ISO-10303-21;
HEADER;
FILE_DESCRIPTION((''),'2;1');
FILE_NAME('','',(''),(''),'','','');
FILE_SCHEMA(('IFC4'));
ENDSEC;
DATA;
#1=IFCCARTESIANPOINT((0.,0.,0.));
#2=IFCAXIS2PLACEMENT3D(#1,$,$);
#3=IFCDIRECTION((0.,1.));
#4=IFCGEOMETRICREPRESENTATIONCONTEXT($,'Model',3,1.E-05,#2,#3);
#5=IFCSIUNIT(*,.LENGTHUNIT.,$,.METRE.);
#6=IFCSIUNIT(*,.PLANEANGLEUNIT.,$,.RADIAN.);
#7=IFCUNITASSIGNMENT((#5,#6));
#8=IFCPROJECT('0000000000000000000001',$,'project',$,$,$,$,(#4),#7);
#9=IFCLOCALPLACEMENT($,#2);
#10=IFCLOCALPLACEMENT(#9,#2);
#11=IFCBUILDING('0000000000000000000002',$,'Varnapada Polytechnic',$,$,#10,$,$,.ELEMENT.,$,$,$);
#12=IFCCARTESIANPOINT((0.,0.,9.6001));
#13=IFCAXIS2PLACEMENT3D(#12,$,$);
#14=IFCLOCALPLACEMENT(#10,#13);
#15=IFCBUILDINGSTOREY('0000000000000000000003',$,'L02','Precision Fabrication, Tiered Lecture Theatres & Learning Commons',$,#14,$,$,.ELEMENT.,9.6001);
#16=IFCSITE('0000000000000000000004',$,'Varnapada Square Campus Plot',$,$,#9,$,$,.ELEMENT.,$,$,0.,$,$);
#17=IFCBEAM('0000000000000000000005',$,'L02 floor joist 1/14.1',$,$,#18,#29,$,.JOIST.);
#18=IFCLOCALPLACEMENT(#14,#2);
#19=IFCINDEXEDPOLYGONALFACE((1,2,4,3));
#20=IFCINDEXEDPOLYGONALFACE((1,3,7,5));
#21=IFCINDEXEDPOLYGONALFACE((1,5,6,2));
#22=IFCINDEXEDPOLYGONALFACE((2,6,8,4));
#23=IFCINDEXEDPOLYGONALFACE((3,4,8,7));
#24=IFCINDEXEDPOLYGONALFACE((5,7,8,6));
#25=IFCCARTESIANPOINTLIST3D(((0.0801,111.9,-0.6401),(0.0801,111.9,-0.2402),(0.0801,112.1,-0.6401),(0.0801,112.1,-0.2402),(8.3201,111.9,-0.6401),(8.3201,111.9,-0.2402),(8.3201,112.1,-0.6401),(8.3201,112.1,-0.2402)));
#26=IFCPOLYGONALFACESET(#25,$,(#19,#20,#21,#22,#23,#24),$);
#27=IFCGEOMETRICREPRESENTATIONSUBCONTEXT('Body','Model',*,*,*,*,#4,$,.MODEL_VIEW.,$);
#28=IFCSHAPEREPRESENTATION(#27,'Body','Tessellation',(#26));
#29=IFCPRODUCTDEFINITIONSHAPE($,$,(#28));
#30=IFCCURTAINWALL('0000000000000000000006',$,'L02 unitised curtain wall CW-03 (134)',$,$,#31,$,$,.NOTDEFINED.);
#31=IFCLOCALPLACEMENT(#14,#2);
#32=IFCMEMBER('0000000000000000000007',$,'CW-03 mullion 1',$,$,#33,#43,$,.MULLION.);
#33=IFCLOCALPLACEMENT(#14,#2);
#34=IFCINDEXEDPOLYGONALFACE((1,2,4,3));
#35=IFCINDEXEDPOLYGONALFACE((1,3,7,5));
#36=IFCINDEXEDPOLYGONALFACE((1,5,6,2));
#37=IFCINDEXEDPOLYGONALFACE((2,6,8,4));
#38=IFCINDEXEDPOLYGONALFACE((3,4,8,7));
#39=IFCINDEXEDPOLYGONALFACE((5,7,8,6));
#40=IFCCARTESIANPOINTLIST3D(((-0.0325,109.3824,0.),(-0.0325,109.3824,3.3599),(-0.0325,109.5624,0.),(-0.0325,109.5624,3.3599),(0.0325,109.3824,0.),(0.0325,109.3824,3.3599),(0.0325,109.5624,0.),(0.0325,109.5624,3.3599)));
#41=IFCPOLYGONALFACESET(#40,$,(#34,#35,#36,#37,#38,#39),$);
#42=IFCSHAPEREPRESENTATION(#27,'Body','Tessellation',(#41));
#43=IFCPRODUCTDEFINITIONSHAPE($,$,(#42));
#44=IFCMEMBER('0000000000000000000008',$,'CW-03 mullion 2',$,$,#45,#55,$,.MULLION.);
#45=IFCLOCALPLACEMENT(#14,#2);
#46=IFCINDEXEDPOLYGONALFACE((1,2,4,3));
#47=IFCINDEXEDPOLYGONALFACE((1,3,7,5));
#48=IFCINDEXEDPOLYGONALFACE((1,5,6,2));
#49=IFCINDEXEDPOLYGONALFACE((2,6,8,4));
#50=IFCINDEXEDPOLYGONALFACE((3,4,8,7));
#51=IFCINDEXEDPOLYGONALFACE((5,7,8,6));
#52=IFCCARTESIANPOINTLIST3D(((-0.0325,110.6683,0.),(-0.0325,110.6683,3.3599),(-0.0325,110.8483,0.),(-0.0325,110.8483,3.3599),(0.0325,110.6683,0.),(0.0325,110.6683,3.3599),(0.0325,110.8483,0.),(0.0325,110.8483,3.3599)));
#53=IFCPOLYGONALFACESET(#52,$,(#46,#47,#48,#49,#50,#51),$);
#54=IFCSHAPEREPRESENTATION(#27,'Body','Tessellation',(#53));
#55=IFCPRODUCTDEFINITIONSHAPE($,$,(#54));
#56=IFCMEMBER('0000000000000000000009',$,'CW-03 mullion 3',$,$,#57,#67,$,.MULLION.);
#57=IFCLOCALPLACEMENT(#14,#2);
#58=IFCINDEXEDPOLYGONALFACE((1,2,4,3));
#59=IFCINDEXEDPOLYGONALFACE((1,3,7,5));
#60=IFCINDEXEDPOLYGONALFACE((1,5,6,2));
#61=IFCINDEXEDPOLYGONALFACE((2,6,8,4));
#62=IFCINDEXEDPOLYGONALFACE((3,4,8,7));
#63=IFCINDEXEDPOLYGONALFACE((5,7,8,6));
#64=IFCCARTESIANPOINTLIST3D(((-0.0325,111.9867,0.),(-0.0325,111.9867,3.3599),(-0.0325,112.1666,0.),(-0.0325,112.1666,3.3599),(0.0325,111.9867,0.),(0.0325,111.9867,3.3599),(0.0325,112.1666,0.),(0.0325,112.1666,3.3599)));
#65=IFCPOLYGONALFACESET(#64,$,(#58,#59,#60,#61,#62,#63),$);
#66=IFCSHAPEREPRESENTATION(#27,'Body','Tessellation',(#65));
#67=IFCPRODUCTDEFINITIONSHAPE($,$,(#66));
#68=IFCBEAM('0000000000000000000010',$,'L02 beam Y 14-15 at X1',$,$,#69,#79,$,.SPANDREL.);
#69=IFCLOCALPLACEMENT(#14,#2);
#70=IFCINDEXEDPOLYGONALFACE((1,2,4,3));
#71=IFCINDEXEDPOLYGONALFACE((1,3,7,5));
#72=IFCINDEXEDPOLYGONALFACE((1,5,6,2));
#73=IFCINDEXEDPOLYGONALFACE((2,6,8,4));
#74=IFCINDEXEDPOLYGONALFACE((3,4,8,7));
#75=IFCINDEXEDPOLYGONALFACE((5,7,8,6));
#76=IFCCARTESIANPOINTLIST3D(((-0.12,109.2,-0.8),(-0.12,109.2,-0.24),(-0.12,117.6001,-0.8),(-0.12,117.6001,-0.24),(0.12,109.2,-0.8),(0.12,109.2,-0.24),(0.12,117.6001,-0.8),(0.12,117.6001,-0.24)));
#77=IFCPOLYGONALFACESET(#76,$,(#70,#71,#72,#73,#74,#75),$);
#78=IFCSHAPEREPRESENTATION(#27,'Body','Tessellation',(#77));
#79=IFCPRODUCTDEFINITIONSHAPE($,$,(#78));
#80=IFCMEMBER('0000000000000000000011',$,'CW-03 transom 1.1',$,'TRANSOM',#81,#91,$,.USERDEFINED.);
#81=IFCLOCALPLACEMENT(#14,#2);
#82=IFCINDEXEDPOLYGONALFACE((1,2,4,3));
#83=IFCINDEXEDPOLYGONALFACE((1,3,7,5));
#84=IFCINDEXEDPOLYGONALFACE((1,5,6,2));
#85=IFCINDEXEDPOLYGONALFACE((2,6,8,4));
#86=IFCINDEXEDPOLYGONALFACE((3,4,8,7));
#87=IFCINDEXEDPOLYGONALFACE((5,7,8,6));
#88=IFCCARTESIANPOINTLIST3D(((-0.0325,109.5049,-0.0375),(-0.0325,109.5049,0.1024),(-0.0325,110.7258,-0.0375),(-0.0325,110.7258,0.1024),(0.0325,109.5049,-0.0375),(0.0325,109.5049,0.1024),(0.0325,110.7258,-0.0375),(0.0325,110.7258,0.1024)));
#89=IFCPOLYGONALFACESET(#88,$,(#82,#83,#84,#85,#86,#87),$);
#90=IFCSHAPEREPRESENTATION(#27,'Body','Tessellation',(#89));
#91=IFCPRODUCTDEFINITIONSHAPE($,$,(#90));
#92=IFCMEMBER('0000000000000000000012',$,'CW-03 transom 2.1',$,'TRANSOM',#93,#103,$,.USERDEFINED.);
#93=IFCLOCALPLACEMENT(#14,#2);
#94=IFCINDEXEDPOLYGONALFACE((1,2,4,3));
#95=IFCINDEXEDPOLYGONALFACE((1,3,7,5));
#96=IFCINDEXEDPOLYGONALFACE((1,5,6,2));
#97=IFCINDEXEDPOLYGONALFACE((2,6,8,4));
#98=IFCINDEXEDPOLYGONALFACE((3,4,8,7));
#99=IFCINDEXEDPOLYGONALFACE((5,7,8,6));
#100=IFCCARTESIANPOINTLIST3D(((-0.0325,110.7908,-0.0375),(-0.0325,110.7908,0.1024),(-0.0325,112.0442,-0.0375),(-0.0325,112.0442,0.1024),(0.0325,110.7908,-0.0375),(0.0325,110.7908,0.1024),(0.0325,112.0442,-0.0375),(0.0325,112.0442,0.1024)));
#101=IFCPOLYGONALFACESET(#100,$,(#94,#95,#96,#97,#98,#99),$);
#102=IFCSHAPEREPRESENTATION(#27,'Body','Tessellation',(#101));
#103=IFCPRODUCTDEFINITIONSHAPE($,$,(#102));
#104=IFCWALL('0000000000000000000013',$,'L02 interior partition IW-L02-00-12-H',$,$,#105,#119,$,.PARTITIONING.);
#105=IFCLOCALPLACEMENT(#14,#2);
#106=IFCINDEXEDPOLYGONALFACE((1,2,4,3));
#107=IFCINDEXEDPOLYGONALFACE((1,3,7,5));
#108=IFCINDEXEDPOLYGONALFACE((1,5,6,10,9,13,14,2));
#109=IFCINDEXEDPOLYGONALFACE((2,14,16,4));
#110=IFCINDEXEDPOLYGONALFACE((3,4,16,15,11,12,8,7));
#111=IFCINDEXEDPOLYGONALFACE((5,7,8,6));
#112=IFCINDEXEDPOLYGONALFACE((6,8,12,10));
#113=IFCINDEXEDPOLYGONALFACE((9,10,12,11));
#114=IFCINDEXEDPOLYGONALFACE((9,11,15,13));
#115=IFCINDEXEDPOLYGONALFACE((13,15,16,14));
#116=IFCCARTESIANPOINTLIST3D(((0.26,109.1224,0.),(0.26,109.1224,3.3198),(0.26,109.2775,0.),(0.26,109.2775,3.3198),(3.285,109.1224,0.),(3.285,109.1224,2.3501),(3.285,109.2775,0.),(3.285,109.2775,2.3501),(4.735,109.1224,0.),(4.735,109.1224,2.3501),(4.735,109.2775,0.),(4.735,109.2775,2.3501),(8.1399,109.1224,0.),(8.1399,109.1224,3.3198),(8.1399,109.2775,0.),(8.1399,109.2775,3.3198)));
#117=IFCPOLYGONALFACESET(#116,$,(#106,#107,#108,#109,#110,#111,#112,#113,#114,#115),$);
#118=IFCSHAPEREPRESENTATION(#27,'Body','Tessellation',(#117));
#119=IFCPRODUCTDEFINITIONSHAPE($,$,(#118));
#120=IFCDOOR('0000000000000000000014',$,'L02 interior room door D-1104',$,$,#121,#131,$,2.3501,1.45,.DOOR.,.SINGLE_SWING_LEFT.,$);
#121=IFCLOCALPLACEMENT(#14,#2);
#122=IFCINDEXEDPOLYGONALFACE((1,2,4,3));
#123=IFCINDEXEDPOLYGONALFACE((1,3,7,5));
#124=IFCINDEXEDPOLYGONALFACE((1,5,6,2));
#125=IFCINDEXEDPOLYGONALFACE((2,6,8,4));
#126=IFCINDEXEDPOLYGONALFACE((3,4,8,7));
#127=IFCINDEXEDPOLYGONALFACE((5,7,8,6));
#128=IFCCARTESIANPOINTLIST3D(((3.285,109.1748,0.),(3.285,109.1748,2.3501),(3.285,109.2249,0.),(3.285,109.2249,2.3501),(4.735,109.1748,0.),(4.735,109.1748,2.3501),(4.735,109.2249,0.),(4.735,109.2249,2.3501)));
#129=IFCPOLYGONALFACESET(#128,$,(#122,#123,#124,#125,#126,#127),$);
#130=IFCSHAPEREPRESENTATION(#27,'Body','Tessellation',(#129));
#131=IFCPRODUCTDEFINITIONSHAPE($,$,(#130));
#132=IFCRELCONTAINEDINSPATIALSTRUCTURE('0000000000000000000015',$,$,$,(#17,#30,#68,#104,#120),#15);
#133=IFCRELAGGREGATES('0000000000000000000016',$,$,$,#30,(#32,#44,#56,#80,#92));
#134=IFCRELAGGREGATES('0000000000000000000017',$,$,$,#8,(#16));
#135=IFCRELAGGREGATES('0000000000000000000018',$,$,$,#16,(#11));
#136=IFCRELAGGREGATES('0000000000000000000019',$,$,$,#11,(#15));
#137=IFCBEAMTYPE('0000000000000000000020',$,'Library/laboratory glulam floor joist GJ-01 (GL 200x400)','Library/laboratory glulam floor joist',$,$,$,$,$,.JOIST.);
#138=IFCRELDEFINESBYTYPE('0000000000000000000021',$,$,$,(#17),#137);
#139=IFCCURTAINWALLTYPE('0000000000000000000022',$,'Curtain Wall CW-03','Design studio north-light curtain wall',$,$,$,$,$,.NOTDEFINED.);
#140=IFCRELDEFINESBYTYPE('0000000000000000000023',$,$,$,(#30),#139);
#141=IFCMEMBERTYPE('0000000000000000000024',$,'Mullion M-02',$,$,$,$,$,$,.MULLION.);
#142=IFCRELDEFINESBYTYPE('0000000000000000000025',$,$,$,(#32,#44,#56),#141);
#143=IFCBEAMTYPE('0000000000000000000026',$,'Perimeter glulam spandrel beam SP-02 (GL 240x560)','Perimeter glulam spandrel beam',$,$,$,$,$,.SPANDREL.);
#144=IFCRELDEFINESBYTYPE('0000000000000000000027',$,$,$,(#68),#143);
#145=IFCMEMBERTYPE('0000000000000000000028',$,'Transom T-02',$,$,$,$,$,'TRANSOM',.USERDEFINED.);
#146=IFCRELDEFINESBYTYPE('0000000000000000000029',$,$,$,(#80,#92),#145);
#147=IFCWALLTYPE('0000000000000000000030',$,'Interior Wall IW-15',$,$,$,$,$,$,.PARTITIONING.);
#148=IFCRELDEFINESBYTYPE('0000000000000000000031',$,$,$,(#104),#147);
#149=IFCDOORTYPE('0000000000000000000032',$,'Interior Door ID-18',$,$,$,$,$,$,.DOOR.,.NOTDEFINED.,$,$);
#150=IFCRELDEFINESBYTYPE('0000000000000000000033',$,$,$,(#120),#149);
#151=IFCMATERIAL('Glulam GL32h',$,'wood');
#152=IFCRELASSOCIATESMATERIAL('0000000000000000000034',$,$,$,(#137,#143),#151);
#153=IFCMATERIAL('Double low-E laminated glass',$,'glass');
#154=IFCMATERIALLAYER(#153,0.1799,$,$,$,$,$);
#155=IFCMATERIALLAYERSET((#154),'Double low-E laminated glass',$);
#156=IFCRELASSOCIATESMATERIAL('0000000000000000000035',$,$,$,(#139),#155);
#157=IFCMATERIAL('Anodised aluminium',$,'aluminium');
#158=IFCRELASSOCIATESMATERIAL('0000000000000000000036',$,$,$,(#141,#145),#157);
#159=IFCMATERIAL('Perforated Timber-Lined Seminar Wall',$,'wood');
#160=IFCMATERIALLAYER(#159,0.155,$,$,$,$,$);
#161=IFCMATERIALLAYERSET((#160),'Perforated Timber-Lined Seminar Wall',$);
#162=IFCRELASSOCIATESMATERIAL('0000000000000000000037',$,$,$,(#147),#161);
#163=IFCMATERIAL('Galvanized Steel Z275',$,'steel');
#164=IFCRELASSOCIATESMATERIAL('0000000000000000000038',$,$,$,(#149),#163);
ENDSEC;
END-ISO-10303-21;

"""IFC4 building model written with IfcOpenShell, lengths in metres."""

from ifc_helpers import new_model, si_unit, direction, frame, frame_2d, origin, origin_2d, place, context, subcontext, project, spatial, rectangle, extrude, material, layer, layer_set, material_profile, profile_set, type_object, element, fill, aggregate, save


model = new_model("IFC4")

# Units and contexts
model_context = context("Model", 3, precision=1e-05, world=origin(), true_north=direction((0.0, 1.0)))
body_context = subcontext(model_context, "Body", "Model", "MODEL_VIEW")
ifc_project = project(units=[si_unit("LENGTHUNIT", "METRE"), si_unit("PLANEANGLEUNIT", "RADIAN")], contexts=[model_context])

# Site, building, storey
site_placement = place(None, origin())
site = spatial("IfcSite", under=ifc_project, at=site_placement, Name="Varnapada Square Campus Plot", CompositionType="ELEMENT", RefElevation=0.0)
building_placement = place(site_placement, origin())
building = spatial("IfcBuilding", under=site, at=building_placement, Name="Varnapada Polytechnic", CompositionType="ELEMENT")
storey_placement = place(building_placement, frame((0.0, 0.0, 9.6001)))
storey = spatial("IfcBuildingStorey", under=building, at=storey_placement, Name="L02", Description="Precision Fabrication, Tiered Lecture Theatres & Learning Commons", CompositionType="ELEMENT", Elevation=9.6001)

# Beam
ifc_material_1 = material(Name="Glulam GL32h", Category="wood")
ifc_material_profile_1 = material_profile(ifc_material_1, rectangle(XDim=0.2, YDim=0.3999, at=origin_2d()), Name="GL 200x400")
ifc_profile_set_1 = profile_set([ifc_material_profile_1], Name="Glulam GL32h")
beam_type_1 = type_object("IfcBeamType", Name="Library/laboratory glulam floor joist GJ-01 (GL 200x400)", Description="Library/laboratory glulam floor joist", PredefinedType="JOIST", material=ifc_profile_set_1)
beam_1_placement = place(storey_placement, frame((0.0801, 112.0, -0.4402), z_axis=(1.0, 0.0, 0.0), x_axis=(0.0, 1.0, 0.0)))
element("IfcBeam", 1, at=beam_1_placement, inside=storey, type_object=beam_type_1, Name="L02 floor joist 1/14.1", PredefinedType="JOIST", context=body_context, shape_type="SweptSolid", body=[
    extrude(rectangle(XDim=0.2, YDim=0.3999, at=origin_2d()), origin(), (0.0, 0.0, 1.0), 8.24),
])

# Curtain wall, members
ifc_material_2 = material(Name="Double low-E laminated glass", Category="glass")
ifc_layer_1 = layer(ifc_material_2, 0.1799)
ifc_layer_set_1 = layer_set([ifc_layer_1], Name="Double low-E laminated glass")
curtain_wall_type = type_object("IfcCurtainWallType", Name="Curtain Wall CW-03", Description="Design studio north-light curtain wall", PredefinedType="NOTDEFINED", material=ifc_layer_set_1)
curtain_wall_placement = place(storey_placement, origin())
curtain_wall = element("IfcCurtainWall", 2, at=curtain_wall_placement, inside=storey, type_object=curtain_wall_type, Name="L02 unitised curtain wall CW-03 (134)", PredefinedType="NOTDEFINED")
ifc_material_3 = material(Name="Anodised aluminium", Category="aluminium")
ifc_material_profile_2 = material_profile(ifc_material_3, rectangle(XDim=0.0649, YDim=0.1799, at=origin_2d()), Name="ALU M65x180")
ifc_profile_set_2 = profile_set([ifc_material_profile_2], Name="Anodised aluminium")
member_type_1 = type_object("IfcMemberType", Name="Mullion M-02", PredefinedType="MULLION", material=ifc_profile_set_2)
member_1_placement = place(storey_placement, frame((0.0, 109.4724, 0.0), z_axis=(0.0, 0.0, 1.0), x_axis=(-1.0, 0.0, 0.0)))
member_1 = element("IfcMember", 3, at=member_1_placement, type_object=member_type_1, Name="CW-03 mullion 1", PredefinedType="MULLION", context=body_context, shape_type="SweptSolid", body=[
    extrude(rectangle(XDim=0.0649, YDim=0.1799, at=origin_2d()), origin(), (0.0, 0.0, 1.0), 3.3599),
])
member_2_placement = place(storey_placement, frame((0.0, 110.7583, 0.0), z_axis=(0.0, 0.0, 1.0), x_axis=(-1.0, 0.0, 0.0)))
member_2 = element("IfcMember", 4, at=member_2_placement, type_object=member_type_1, Name="CW-03 mullion 2", PredefinedType="MULLION", context=body_context, shape_type="SweptSolid", body=[
    extrude(rectangle(XDim=0.0649, YDim=0.1799, at=origin_2d()), origin(), (0.0, 0.0, 1.0), 3.3599),
])
member_3_placement = place(storey_placement, frame((0.0, 112.0767, 0.0), z_axis=(0.0, 0.0, 1.0), x_axis=(-1.0, 0.0, 0.0)))
member_3 = element("IfcMember", 5, at=member_3_placement, type_object=member_type_1, Name="CW-03 mullion 3", PredefinedType="MULLION", context=body_context, shape_type="SweptSolid", body=[
    extrude(rectangle(XDim=0.0649, YDim=0.1799, at=origin_2d()), origin(), (0.0, 0.0, 1.0), 3.3599),
])

# Beam
ifc_material_profile_3 = material_profile(ifc_material_1, rectangle(XDim=0.24, YDim=0.5601, at=origin_2d()), Name="GL 240x560")
ifc_profile_set_3 = profile_set([ifc_material_profile_3], Name="Glulam GL32h")
beam_type_2 = type_object("IfcBeamType", Name="Perimeter glulam spandrel beam SP-02 (GL 240x560)", Description="Perimeter glulam spandrel beam", PredefinedType="SPANDREL", material=ifc_profile_set_3)
beam_2_placement = place(storey_placement, frame((0.0, 109.2, -0.52), z_axis=(0.0, 1.0, 0.0), x_axis=(-1.0, 0.0, 0.0)))
element("IfcBeam", 6, at=beam_2_placement, inside=storey, type_object=beam_type_2, Name="L02 beam Y 14-15 at X1", PredefinedType="SPANDREL", context=body_context, shape_type="SweptSolid", body=[
    extrude(rectangle(XDim=0.24, YDim=0.5601, at=origin_2d()), origin(), (0.0, 0.0, 1.0), 8.4001),
])

# Members
ifc_material_profile_4 = material_profile(ifc_material_3, rectangle(XDim=0.0649, YDim=0.1399, at=origin_2d()), Name="ALU T65x140")
ifc_profile_set_4 = profile_set([ifc_material_profile_4], Name="Anodised aluminium")
member_type_2 = type_object("IfcMemberType", Name="Transom T-02", ElementType="TRANSOM", PredefinedType="USERDEFINED", material=ifc_profile_set_4)
member_4_placement = place(storey_placement, frame((0.0, 109.5049, 0.0325), z_axis=(0.0, 1.0, 0.0), x_axis=(-1.0, 0.0, 0.0)))
member_4 = element("IfcMember", 7, at=member_4_placement, type_object=member_type_2, Name="CW-03 transom 1.1", ObjectType="TRANSOM", PredefinedType="USERDEFINED", context=body_context, shape_type="SweptSolid", body=[
    extrude(rectangle(XDim=0.0649, YDim=0.1399, at=origin_2d()), origin(), (0.0, 0.0, 1.0), 1.2209),
])
member_5_placement = place(storey_placement, frame((0.0, 110.7908, 0.0325), z_axis=(0.0, 1.0, 0.0), x_axis=(-1.0, 0.0, 0.0)))
member_5 = element("IfcMember", 8, at=member_5_placement, type_object=member_type_2, Name="CW-03 transom 2.1", ObjectType="TRANSOM", PredefinedType="USERDEFINED", context=body_context, shape_type="SweptSolid", body=[
    extrude(rectangle(XDim=0.0649, YDim=0.1399, at=origin_2d()), origin(), (0.0, 0.0, 1.0), 1.2534),
])
aggregate(curtain_wall, [member_1, member_2, member_3, member_4, member_5])

# Wall, opening, door
ifc_material_4 = material(Name="Perforated Timber-Lined Seminar Wall", Category="wood")
ifc_layer_2 = layer(ifc_material_4, 0.155)
ifc_layer_set_2 = layer_set([ifc_layer_2], Name="Perforated Timber-Lined Seminar Wall")
wall_type = type_object("IfcWallType", Name="Interior Wall IW-15", PredefinedType="PARTITIONING", material=ifc_layer_set_2)
wall_placement = place(storey_placement, frame((0.26, 109.2, 0.0), z_axis=(0.0, 0.0, 1.0), x_axis=(1.0, 0.0, 0.0)))
wall = element("IfcWall", 9, at=wall_placement, inside=storey, type_object=wall_type, Name="L02 interior partition IW-L02-00-12-H", PredefinedType="PARTITIONING", context=body_context, shape_type="SweptSolid", body=[
    extrude(rectangle(XDim=7.8799, YDim=0.155, at=frame_2d((3.9399, 0.0))), origin(), (0.0, 0.0, 1.0), 3.3198),
])
opening_1_placement = place(wall_placement, frame((3.0249, 0.0, 0.0)))
opening_1 = element("IfcOpeningElement", 10, at=opening_1_placement, cuts=wall, PredefinedType="OPENING", context=body_context, shape_type="SweptSolid", body=[
    extrude(rectangle(XDim=1.45, YDim=2.3501, at=frame_2d((0.7251, 1.175))), frame((0.0, 0.0874, 0.0), z_axis=(0.0, -1.0, 0.0), x_axis=(1.0, 0.0, 0.0)), (0.0, 0.0, 1.0), 0.175),
])
ifc_material_5 = material(Name="Galvanized Steel Z275", Category="steel")
door_type = type_object("IfcDoorType", Name="Interior Door ID-18", OperationType="NOTDEFINED", PredefinedType="DOOR", material=ifc_material_5)
door_placement = place(opening_1_placement, origin())
door = element("IfcDoor", 11, at=door_placement, inside=storey, type_object=door_type, Name="L02 interior room door D-1104", OperationType="SINGLE_SWING_LEFT", OverallHeight=2.3501, OverallWidth=1.45, PredefinedType="DOOR", context=body_context, shape_type="SweptSolid", body=[
    extrude(rectangle(XDim=1.45, YDim=2.3501, at=frame_2d((0.7251, 1.175))), frame((0.0, 0.0249, 0.0), z_axis=(0.0, -1.0, 0.0), x_axis=(1.0, 0.0, 0.0)), (0.0, 0.0, 1.0), 0.05),
])
fill(opening_1, door)

save(model, "model.ifc")
